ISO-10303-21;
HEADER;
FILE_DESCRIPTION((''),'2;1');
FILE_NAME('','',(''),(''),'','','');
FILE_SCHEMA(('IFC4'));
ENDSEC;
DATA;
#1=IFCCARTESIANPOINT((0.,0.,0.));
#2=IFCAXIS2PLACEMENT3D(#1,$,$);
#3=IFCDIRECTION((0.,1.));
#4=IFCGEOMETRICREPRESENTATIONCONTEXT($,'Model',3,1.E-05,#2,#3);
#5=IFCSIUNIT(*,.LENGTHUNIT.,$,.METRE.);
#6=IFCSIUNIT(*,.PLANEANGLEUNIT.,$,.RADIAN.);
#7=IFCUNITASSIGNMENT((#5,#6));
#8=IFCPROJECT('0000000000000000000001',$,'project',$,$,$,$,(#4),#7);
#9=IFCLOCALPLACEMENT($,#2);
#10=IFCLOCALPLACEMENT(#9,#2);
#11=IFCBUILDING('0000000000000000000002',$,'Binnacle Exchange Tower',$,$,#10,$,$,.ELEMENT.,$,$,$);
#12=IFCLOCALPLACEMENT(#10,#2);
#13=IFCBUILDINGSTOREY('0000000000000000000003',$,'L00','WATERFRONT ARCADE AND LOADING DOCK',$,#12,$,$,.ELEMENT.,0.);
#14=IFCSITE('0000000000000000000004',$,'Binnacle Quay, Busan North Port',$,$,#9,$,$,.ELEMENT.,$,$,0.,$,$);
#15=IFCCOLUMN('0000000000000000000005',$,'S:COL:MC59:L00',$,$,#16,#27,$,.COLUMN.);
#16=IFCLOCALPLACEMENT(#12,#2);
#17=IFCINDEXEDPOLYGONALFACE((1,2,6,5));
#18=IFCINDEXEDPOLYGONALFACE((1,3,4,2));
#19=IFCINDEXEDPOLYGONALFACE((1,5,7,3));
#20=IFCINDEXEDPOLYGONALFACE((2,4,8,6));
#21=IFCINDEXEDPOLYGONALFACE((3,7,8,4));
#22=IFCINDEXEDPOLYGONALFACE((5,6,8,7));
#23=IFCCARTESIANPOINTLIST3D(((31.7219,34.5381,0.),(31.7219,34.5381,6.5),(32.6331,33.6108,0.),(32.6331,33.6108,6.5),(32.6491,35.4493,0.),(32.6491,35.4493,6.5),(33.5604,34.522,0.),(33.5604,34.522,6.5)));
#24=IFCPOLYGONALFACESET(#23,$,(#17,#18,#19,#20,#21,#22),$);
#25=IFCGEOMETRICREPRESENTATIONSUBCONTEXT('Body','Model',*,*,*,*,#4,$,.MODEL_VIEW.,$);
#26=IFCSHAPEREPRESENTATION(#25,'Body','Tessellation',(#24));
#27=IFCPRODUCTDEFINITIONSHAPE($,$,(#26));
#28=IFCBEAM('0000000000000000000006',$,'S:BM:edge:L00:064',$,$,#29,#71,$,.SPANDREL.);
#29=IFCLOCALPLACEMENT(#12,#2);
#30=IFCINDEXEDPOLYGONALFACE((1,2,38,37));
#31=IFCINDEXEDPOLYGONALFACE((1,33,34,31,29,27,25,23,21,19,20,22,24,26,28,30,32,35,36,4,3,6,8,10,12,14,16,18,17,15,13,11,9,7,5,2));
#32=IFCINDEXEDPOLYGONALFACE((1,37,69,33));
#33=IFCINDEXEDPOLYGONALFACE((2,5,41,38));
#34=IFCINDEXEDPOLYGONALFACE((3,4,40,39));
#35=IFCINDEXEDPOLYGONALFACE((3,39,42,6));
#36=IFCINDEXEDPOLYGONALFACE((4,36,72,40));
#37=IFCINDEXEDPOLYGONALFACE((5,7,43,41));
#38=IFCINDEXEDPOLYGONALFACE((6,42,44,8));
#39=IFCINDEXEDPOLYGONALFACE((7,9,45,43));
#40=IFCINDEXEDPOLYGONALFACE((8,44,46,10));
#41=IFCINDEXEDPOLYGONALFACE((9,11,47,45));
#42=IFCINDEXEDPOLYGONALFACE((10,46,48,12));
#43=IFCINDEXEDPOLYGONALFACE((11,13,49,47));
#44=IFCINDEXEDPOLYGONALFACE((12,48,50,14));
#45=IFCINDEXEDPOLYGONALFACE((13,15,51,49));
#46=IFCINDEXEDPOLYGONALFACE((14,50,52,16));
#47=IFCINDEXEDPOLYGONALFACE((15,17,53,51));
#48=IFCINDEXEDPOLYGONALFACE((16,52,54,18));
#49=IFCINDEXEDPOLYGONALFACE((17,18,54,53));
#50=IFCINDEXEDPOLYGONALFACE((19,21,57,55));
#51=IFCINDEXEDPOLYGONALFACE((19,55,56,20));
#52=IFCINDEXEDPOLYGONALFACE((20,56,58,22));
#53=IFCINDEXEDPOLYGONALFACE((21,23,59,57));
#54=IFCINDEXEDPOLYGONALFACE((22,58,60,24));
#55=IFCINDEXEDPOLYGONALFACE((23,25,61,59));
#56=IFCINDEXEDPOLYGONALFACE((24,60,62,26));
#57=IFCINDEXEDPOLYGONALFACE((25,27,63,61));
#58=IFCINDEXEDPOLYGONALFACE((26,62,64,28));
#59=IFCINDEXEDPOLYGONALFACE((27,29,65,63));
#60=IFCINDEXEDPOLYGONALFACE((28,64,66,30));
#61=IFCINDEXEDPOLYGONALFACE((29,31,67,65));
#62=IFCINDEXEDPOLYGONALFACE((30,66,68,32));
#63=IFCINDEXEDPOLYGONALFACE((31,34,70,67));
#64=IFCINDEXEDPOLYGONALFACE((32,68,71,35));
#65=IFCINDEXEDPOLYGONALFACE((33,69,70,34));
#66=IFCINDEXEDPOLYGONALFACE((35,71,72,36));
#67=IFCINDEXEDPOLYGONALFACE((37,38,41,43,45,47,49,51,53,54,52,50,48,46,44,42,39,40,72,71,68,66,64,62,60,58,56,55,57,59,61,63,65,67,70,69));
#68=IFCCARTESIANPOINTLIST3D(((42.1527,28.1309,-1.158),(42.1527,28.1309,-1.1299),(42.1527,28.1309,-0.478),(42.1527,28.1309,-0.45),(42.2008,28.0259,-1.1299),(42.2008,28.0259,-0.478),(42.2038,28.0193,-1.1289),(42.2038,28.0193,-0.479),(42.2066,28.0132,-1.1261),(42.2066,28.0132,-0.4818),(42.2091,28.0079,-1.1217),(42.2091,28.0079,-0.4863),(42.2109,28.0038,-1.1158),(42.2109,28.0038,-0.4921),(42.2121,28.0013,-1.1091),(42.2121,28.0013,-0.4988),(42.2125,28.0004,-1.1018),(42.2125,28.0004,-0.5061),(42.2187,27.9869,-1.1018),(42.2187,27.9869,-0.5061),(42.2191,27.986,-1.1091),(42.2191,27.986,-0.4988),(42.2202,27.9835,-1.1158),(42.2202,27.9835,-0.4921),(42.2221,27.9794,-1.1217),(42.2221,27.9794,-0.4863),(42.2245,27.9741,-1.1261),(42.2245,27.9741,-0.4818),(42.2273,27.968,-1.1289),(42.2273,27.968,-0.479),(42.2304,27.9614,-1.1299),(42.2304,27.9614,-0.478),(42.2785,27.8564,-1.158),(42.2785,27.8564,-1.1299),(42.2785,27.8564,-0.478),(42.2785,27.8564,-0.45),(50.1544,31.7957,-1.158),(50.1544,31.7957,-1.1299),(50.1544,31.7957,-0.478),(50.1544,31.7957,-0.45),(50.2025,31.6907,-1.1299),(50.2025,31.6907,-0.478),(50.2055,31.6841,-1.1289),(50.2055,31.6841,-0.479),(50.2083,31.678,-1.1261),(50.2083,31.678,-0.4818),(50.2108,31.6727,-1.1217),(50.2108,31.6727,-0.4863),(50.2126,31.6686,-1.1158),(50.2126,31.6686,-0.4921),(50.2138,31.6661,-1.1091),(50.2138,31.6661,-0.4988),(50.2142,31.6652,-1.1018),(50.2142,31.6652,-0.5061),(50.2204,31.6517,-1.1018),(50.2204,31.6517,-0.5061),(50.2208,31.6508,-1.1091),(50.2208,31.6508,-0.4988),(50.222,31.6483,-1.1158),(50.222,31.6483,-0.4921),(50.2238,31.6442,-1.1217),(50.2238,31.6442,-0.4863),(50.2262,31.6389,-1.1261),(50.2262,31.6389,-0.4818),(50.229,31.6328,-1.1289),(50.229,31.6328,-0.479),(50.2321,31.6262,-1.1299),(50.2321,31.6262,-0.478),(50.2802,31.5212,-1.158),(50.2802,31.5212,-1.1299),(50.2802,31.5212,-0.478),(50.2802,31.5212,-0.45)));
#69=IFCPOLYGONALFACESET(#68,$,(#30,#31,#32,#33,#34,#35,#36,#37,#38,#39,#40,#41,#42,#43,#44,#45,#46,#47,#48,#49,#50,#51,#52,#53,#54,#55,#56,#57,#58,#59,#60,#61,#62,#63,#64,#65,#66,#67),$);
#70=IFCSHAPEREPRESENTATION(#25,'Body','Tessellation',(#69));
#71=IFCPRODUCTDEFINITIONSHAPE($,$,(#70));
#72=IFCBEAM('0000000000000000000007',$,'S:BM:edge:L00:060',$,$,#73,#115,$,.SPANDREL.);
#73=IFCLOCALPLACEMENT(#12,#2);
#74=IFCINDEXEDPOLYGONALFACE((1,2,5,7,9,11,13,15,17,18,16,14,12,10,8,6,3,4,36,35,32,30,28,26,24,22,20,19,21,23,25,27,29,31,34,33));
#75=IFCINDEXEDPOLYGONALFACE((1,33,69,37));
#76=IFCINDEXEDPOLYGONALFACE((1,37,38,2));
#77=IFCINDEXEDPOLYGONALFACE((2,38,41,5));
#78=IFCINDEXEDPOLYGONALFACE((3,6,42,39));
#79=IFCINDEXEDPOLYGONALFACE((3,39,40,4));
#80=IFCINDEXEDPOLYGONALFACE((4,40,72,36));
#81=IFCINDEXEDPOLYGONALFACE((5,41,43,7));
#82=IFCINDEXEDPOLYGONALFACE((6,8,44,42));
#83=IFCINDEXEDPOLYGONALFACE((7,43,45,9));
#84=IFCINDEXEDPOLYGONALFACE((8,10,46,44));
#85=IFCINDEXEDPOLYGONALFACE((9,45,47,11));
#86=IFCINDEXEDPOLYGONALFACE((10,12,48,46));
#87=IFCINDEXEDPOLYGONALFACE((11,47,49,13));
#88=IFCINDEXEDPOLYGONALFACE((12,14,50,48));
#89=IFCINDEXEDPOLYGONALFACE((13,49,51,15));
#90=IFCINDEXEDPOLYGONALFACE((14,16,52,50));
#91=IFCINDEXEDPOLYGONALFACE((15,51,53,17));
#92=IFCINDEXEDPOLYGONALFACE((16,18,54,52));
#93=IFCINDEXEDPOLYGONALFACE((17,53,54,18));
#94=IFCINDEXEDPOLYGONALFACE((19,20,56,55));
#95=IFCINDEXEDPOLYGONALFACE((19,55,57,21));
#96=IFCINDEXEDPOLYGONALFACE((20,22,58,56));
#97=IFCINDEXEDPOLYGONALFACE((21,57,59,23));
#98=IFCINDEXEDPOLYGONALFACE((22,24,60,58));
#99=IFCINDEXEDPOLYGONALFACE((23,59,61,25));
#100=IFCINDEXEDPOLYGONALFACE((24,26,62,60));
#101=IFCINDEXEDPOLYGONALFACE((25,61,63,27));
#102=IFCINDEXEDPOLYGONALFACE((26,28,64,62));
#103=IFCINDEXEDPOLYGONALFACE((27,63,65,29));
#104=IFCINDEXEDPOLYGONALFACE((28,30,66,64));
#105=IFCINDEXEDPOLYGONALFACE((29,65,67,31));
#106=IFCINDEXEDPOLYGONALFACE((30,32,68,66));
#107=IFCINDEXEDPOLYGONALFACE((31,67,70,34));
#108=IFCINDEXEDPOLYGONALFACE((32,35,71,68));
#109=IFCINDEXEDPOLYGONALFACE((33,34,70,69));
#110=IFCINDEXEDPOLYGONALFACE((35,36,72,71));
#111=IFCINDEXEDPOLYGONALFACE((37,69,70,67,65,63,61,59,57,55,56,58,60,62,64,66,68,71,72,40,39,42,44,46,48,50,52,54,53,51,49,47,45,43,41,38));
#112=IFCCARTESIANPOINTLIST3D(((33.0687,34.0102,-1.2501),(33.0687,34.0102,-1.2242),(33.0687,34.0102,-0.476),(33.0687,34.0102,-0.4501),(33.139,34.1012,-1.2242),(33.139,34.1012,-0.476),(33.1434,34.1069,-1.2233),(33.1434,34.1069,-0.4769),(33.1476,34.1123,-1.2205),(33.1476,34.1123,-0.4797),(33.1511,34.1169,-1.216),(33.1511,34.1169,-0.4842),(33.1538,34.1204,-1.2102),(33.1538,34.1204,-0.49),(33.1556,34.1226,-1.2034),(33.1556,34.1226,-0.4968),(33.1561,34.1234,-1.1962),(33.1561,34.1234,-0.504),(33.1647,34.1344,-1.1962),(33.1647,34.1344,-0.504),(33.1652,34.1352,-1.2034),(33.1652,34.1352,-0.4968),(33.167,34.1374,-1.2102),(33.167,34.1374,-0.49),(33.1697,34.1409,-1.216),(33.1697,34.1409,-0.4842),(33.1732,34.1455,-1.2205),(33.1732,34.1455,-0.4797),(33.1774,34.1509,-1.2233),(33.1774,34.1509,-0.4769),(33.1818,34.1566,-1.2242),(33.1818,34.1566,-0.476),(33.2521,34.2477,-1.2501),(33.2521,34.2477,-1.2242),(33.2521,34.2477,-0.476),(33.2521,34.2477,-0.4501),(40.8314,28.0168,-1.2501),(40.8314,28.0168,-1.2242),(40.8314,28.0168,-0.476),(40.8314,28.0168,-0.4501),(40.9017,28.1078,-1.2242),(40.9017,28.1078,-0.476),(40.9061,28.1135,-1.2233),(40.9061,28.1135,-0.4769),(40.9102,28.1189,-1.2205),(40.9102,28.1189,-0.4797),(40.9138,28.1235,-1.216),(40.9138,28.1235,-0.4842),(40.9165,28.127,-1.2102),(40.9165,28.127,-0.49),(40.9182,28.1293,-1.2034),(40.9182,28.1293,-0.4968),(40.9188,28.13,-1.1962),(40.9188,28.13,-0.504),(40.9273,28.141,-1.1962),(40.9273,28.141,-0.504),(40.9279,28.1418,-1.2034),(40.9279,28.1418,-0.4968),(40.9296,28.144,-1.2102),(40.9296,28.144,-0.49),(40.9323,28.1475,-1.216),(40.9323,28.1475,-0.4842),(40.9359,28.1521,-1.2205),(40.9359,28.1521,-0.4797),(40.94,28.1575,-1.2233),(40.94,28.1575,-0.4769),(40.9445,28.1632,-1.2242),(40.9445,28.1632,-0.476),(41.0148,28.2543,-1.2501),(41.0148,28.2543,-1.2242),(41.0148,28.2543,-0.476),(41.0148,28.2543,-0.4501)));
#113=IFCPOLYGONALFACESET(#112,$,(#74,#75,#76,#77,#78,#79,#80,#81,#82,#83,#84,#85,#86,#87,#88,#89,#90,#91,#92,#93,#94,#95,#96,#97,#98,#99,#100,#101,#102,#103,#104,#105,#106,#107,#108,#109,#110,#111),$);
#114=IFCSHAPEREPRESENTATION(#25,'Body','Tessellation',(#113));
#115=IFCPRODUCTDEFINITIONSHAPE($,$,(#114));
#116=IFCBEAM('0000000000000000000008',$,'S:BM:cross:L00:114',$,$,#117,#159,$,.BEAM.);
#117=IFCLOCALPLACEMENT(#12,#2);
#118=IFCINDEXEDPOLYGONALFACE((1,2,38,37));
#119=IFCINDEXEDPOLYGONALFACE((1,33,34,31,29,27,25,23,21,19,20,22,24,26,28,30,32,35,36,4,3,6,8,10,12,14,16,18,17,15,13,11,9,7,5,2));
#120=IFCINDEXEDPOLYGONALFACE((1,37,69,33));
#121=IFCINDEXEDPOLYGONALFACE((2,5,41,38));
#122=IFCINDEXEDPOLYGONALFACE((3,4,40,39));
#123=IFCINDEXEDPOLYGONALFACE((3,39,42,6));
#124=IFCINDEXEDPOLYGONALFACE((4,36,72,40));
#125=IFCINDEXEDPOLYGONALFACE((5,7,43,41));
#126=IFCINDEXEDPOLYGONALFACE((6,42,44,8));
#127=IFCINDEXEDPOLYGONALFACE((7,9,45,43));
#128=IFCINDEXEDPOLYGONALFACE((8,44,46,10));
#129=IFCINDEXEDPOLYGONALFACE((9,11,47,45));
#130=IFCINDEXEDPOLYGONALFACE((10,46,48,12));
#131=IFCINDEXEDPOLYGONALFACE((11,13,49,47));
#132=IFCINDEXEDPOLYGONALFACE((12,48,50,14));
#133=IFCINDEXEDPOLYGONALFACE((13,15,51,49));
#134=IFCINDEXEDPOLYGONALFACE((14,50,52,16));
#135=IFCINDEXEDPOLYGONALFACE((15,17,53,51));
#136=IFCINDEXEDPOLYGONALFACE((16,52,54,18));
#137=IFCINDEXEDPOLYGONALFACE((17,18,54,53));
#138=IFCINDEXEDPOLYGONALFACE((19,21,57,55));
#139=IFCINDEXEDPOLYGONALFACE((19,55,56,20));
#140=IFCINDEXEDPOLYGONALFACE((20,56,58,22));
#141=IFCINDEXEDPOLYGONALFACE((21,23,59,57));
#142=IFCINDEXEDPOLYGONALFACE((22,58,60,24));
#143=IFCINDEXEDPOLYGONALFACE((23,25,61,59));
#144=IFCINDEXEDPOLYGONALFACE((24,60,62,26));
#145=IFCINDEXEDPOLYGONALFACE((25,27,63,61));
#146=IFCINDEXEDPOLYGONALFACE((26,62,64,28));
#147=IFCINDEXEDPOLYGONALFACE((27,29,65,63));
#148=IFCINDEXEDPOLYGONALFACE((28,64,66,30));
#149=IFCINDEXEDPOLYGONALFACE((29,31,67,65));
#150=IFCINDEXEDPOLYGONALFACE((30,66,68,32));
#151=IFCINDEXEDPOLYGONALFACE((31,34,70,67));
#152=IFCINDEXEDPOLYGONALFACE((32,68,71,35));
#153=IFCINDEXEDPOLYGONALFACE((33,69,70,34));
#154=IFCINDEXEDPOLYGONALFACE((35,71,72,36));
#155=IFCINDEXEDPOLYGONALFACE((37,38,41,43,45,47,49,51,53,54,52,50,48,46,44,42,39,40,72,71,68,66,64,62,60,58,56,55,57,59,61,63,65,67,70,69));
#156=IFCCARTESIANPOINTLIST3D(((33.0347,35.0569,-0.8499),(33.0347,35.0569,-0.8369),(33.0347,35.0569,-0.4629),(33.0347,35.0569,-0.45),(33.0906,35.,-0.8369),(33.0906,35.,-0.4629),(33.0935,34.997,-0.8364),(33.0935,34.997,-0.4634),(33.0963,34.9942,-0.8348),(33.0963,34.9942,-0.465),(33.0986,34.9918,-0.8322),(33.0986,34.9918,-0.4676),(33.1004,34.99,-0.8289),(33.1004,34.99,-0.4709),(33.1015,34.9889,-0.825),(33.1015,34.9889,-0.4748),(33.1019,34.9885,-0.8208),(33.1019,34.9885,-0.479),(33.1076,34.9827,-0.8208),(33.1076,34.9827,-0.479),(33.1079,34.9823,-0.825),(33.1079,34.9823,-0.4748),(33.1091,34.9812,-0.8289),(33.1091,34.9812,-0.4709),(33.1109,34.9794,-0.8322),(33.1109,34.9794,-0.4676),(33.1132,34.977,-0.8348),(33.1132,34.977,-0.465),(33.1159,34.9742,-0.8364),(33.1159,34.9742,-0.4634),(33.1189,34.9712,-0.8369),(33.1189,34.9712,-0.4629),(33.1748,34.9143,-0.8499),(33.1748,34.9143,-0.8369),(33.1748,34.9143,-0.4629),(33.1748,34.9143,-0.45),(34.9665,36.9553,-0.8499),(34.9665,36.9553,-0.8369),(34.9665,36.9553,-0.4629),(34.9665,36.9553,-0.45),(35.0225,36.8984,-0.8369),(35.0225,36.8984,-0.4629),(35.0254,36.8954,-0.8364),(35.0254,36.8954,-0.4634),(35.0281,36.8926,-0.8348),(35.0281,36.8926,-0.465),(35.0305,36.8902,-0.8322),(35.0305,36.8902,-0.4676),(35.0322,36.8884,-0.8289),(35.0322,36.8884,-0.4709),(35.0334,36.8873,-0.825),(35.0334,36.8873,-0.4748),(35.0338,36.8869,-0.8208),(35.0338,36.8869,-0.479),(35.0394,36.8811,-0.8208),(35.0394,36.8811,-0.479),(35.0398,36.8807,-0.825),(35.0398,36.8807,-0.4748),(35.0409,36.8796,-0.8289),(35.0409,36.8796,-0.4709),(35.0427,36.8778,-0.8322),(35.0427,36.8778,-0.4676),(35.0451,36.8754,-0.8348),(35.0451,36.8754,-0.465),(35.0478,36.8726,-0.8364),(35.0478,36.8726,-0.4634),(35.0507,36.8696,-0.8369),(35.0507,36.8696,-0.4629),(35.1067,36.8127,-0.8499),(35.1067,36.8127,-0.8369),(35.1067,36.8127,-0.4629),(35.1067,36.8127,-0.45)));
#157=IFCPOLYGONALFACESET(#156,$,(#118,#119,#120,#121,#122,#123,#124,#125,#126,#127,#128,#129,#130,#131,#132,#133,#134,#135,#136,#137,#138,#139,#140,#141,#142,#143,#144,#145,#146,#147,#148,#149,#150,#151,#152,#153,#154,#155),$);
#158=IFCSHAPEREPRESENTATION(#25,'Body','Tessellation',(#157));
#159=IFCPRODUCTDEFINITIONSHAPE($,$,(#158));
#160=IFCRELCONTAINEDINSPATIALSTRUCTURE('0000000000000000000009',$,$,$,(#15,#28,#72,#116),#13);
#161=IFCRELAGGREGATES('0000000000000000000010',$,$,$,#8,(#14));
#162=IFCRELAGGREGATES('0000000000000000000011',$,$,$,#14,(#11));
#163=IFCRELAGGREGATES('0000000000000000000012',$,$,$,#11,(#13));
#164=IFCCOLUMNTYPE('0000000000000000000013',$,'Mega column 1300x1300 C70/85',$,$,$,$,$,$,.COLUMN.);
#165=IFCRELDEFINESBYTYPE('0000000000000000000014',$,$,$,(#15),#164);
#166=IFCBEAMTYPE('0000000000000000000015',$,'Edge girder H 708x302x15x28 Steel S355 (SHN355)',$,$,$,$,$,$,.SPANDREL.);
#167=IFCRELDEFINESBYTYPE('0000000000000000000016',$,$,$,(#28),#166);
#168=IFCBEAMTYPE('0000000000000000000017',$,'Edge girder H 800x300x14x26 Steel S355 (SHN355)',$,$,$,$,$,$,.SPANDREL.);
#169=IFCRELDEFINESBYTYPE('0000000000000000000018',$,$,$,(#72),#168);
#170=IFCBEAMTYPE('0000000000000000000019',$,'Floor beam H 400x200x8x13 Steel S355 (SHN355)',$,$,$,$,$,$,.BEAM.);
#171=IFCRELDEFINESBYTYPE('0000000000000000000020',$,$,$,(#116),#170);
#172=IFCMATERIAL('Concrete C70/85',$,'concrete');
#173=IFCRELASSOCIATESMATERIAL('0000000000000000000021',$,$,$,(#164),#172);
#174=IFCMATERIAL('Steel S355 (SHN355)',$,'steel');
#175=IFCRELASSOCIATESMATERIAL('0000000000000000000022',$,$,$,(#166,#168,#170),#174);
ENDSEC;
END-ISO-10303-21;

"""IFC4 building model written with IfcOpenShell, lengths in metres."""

from ifc_helpers import new_model, si_unit, direction, frame, origin, origin_2d, place, context, subcontext, project, spatial, rectangle, i_section, extrude, material, material_profile, profile_set, type_object, element, save


model = new_model("IFC4")

# Units and contexts
model_context = context("Model", 3, precision=1e-05, world=origin(), true_north=direction((0.0, 1.0)))
body_context = subcontext(model_context, "Body", "Model", "MODEL_VIEW")
ifc_project = project(units=[si_unit("LENGTHUNIT", "METRE"), si_unit("PLANEANGLEUNIT", "RADIAN")], contexts=[model_context])

# Site, building, storey
site_placement = place(None, origin())
site = spatial("IfcSite", under=ifc_project, at=site_placement, Name="Binnacle Quay, Busan North Port", CompositionType="ELEMENT", RefElevation=0.0)
building_placement = place(site_placement, origin())
building = spatial("IfcBuilding", under=site, at=building_placement, Name="Binnacle Exchange Tower", CompositionType="ELEMENT")
storey_placement = place(building_placement, origin())
storey = spatial("IfcBuildingStorey", under=building, at=storey_placement, Name="L00", Description="WATERFRONT ARCADE AND LOADING DOCK", CompositionType="ELEMENT", Elevation=0.0)

# Column
ifc_material_1 = material(Name="Concrete C70/85", Category="concrete")
ifc_material_profile_1 = material_profile(ifc_material_1, rectangle(XDim=1.3, YDim=1.3, at=origin_2d()), Name="Mega column 1300x1300 C70/85")
ifc_profile_set_1 = profile_set([ifc_material_profile_1], Name="Concrete C70/85")
column_type = type_object("IfcColumnType", Name="Mega column 1300x1300 C70/85", PredefinedType="COLUMN", material=ifc_profile_set_1)
column_placement = place(storey_placement, frame((32.6411, 34.53, 0.0), z_axis=(0.0, 0.0, 1.0), x_axis=(0.700909, -0.71325, 0.0)))
element("IfcColumn", 1, at=column_placement, inside=storey, type_object=column_type, Name="S:COL:MC59:L00", PredefinedType="COLUMN", context=body_context, shape_type="SweptSolid", body=[
    extrude(rectangle(XDim=1.3, YDim=1.3, at=origin_2d()), origin(), (0.0, 0.0, 1.0), 6.5),
])

# Beams
ifc_material_2 = material(Name="Steel S355 (SHN355)", Category="steel")
ifc_material_profile_2 = material_profile(ifc_material_2, i_section(OverallWidth=0.302, OverallDepth=0.708, WebThickness=0.0149, FlangeThickness=0.0281, FilletRadius=0.0281, at=origin_2d()), Name="H 708x302x15x28")
ifc_profile_set_2 = profile_set([ifc_material_profile_2], Name="Steel S355 (SHN355)")
beam_type_1 = type_object("IfcBeamType", Name="Edge girder H 708x302x15x28 Steel S355 (SHN355)", PredefinedType="SPANDREL", material=ifc_profile_set_2)
beam_1_placement = place(storey_placement, frame((42.2156, 27.9937, -0.804), z_axis=(0.909179, 0.416405, 0.0), x_axis=(-0.416405, 0.909179, 0.0)))
element("IfcBeam", 2, at=beam_1_placement, inside=storey, type_object=beam_type_1, Name="S:BM:edge:L00:064", PredefinedType="SPANDREL", context=body_context, shape_type="SweptSolid", body=[
    extrude(i_section(OverallWidth=0.302, OverallDepth=0.708, WebThickness=0.0149, FlangeThickness=0.0281, FilletRadius=0.0281, at=origin_2d()), origin(), (0.0, 0.0, 1.0), 8.801),
])
ifc_material_profile_3 = material_profile(ifc_material_2, i_section(OverallWidth=0.3, OverallDepth=0.8, WebThickness=0.0139, FlangeThickness=0.0259, FilletRadius=0.0281, at=origin_2d()), Name="H 800x300x14x26")
ifc_profile_set_3 = profile_set([ifc_material_profile_3], Name="Steel S355 (SHN355)")
beam_type_2 = type_object("IfcBeamType", Name="Edge girder H 800x300x14x26 Steel S355 (SHN355)", PredefinedType="SPANDREL", material=ifc_profile_set_3)
beam_2_placement = place(storey_placement, frame((33.1604, 34.1289, -0.8501), z_axis=(0.791533, -0.611126, 0.0), x_axis=(0.611126, 0.791533, 0.0)))
element("IfcBeam", 3, at=beam_2_placement, inside=storey, type_object=beam_type_2, Name="S:BM:edge:L00:060", PredefinedType="SPANDREL", context=body_context, shape_type="SweptSolid", body=[
    extrude(i_section(OverallWidth=0.3, OverallDepth=0.8, WebThickness=0.0139, FlangeThickness=0.0259, FilletRadius=0.0281, at=origin_2d()), origin(), (0.0, 0.0, 1.0), 9.8071),
])
ifc_material_profile_4 = material_profile(ifc_material_2, i_section(OverallWidth=0.2, OverallDepth=0.3999, WebThickness=0.0081, FlangeThickness=0.0129, FilletRadius=0.0161, at=origin_2d()), Name="H 400x200x8x13")
ifc_profile_set_4 = profile_set([ifc_material_profile_4], Name="Steel S355 (SHN355)")
beam_type_3 = type_object("IfcBeamType", Name="Floor beam H 400x200x8x13 Steel S355 (SHN355)", PredefinedType="BEAM", material=ifc_profile_set_4)
beam_3_placement = place(storey_placement, frame((33.1047, 34.9856, -0.6499), z_axis=(0.713254, 0.700905, 0.0), x_axis=(-0.700905, 0.713254, 0.0)))
element("IfcBeam", 4, at=beam_3_placement, inside=storey, type_object=beam_type_3, Name="S:BM:cross:L00:114", PredefinedType="BEAM", context=body_context, shape_type="SweptSolid", body=[
    extrude(i_section(OverallWidth=0.2, OverallDepth=0.3999, WebThickness=0.0081, FlangeThickness=0.0129, FilletRadius=0.0161, at=origin_2d()), origin(), (0.0, 0.0, 1.0), 2.7085),
])

save(model, "model.ifc")
